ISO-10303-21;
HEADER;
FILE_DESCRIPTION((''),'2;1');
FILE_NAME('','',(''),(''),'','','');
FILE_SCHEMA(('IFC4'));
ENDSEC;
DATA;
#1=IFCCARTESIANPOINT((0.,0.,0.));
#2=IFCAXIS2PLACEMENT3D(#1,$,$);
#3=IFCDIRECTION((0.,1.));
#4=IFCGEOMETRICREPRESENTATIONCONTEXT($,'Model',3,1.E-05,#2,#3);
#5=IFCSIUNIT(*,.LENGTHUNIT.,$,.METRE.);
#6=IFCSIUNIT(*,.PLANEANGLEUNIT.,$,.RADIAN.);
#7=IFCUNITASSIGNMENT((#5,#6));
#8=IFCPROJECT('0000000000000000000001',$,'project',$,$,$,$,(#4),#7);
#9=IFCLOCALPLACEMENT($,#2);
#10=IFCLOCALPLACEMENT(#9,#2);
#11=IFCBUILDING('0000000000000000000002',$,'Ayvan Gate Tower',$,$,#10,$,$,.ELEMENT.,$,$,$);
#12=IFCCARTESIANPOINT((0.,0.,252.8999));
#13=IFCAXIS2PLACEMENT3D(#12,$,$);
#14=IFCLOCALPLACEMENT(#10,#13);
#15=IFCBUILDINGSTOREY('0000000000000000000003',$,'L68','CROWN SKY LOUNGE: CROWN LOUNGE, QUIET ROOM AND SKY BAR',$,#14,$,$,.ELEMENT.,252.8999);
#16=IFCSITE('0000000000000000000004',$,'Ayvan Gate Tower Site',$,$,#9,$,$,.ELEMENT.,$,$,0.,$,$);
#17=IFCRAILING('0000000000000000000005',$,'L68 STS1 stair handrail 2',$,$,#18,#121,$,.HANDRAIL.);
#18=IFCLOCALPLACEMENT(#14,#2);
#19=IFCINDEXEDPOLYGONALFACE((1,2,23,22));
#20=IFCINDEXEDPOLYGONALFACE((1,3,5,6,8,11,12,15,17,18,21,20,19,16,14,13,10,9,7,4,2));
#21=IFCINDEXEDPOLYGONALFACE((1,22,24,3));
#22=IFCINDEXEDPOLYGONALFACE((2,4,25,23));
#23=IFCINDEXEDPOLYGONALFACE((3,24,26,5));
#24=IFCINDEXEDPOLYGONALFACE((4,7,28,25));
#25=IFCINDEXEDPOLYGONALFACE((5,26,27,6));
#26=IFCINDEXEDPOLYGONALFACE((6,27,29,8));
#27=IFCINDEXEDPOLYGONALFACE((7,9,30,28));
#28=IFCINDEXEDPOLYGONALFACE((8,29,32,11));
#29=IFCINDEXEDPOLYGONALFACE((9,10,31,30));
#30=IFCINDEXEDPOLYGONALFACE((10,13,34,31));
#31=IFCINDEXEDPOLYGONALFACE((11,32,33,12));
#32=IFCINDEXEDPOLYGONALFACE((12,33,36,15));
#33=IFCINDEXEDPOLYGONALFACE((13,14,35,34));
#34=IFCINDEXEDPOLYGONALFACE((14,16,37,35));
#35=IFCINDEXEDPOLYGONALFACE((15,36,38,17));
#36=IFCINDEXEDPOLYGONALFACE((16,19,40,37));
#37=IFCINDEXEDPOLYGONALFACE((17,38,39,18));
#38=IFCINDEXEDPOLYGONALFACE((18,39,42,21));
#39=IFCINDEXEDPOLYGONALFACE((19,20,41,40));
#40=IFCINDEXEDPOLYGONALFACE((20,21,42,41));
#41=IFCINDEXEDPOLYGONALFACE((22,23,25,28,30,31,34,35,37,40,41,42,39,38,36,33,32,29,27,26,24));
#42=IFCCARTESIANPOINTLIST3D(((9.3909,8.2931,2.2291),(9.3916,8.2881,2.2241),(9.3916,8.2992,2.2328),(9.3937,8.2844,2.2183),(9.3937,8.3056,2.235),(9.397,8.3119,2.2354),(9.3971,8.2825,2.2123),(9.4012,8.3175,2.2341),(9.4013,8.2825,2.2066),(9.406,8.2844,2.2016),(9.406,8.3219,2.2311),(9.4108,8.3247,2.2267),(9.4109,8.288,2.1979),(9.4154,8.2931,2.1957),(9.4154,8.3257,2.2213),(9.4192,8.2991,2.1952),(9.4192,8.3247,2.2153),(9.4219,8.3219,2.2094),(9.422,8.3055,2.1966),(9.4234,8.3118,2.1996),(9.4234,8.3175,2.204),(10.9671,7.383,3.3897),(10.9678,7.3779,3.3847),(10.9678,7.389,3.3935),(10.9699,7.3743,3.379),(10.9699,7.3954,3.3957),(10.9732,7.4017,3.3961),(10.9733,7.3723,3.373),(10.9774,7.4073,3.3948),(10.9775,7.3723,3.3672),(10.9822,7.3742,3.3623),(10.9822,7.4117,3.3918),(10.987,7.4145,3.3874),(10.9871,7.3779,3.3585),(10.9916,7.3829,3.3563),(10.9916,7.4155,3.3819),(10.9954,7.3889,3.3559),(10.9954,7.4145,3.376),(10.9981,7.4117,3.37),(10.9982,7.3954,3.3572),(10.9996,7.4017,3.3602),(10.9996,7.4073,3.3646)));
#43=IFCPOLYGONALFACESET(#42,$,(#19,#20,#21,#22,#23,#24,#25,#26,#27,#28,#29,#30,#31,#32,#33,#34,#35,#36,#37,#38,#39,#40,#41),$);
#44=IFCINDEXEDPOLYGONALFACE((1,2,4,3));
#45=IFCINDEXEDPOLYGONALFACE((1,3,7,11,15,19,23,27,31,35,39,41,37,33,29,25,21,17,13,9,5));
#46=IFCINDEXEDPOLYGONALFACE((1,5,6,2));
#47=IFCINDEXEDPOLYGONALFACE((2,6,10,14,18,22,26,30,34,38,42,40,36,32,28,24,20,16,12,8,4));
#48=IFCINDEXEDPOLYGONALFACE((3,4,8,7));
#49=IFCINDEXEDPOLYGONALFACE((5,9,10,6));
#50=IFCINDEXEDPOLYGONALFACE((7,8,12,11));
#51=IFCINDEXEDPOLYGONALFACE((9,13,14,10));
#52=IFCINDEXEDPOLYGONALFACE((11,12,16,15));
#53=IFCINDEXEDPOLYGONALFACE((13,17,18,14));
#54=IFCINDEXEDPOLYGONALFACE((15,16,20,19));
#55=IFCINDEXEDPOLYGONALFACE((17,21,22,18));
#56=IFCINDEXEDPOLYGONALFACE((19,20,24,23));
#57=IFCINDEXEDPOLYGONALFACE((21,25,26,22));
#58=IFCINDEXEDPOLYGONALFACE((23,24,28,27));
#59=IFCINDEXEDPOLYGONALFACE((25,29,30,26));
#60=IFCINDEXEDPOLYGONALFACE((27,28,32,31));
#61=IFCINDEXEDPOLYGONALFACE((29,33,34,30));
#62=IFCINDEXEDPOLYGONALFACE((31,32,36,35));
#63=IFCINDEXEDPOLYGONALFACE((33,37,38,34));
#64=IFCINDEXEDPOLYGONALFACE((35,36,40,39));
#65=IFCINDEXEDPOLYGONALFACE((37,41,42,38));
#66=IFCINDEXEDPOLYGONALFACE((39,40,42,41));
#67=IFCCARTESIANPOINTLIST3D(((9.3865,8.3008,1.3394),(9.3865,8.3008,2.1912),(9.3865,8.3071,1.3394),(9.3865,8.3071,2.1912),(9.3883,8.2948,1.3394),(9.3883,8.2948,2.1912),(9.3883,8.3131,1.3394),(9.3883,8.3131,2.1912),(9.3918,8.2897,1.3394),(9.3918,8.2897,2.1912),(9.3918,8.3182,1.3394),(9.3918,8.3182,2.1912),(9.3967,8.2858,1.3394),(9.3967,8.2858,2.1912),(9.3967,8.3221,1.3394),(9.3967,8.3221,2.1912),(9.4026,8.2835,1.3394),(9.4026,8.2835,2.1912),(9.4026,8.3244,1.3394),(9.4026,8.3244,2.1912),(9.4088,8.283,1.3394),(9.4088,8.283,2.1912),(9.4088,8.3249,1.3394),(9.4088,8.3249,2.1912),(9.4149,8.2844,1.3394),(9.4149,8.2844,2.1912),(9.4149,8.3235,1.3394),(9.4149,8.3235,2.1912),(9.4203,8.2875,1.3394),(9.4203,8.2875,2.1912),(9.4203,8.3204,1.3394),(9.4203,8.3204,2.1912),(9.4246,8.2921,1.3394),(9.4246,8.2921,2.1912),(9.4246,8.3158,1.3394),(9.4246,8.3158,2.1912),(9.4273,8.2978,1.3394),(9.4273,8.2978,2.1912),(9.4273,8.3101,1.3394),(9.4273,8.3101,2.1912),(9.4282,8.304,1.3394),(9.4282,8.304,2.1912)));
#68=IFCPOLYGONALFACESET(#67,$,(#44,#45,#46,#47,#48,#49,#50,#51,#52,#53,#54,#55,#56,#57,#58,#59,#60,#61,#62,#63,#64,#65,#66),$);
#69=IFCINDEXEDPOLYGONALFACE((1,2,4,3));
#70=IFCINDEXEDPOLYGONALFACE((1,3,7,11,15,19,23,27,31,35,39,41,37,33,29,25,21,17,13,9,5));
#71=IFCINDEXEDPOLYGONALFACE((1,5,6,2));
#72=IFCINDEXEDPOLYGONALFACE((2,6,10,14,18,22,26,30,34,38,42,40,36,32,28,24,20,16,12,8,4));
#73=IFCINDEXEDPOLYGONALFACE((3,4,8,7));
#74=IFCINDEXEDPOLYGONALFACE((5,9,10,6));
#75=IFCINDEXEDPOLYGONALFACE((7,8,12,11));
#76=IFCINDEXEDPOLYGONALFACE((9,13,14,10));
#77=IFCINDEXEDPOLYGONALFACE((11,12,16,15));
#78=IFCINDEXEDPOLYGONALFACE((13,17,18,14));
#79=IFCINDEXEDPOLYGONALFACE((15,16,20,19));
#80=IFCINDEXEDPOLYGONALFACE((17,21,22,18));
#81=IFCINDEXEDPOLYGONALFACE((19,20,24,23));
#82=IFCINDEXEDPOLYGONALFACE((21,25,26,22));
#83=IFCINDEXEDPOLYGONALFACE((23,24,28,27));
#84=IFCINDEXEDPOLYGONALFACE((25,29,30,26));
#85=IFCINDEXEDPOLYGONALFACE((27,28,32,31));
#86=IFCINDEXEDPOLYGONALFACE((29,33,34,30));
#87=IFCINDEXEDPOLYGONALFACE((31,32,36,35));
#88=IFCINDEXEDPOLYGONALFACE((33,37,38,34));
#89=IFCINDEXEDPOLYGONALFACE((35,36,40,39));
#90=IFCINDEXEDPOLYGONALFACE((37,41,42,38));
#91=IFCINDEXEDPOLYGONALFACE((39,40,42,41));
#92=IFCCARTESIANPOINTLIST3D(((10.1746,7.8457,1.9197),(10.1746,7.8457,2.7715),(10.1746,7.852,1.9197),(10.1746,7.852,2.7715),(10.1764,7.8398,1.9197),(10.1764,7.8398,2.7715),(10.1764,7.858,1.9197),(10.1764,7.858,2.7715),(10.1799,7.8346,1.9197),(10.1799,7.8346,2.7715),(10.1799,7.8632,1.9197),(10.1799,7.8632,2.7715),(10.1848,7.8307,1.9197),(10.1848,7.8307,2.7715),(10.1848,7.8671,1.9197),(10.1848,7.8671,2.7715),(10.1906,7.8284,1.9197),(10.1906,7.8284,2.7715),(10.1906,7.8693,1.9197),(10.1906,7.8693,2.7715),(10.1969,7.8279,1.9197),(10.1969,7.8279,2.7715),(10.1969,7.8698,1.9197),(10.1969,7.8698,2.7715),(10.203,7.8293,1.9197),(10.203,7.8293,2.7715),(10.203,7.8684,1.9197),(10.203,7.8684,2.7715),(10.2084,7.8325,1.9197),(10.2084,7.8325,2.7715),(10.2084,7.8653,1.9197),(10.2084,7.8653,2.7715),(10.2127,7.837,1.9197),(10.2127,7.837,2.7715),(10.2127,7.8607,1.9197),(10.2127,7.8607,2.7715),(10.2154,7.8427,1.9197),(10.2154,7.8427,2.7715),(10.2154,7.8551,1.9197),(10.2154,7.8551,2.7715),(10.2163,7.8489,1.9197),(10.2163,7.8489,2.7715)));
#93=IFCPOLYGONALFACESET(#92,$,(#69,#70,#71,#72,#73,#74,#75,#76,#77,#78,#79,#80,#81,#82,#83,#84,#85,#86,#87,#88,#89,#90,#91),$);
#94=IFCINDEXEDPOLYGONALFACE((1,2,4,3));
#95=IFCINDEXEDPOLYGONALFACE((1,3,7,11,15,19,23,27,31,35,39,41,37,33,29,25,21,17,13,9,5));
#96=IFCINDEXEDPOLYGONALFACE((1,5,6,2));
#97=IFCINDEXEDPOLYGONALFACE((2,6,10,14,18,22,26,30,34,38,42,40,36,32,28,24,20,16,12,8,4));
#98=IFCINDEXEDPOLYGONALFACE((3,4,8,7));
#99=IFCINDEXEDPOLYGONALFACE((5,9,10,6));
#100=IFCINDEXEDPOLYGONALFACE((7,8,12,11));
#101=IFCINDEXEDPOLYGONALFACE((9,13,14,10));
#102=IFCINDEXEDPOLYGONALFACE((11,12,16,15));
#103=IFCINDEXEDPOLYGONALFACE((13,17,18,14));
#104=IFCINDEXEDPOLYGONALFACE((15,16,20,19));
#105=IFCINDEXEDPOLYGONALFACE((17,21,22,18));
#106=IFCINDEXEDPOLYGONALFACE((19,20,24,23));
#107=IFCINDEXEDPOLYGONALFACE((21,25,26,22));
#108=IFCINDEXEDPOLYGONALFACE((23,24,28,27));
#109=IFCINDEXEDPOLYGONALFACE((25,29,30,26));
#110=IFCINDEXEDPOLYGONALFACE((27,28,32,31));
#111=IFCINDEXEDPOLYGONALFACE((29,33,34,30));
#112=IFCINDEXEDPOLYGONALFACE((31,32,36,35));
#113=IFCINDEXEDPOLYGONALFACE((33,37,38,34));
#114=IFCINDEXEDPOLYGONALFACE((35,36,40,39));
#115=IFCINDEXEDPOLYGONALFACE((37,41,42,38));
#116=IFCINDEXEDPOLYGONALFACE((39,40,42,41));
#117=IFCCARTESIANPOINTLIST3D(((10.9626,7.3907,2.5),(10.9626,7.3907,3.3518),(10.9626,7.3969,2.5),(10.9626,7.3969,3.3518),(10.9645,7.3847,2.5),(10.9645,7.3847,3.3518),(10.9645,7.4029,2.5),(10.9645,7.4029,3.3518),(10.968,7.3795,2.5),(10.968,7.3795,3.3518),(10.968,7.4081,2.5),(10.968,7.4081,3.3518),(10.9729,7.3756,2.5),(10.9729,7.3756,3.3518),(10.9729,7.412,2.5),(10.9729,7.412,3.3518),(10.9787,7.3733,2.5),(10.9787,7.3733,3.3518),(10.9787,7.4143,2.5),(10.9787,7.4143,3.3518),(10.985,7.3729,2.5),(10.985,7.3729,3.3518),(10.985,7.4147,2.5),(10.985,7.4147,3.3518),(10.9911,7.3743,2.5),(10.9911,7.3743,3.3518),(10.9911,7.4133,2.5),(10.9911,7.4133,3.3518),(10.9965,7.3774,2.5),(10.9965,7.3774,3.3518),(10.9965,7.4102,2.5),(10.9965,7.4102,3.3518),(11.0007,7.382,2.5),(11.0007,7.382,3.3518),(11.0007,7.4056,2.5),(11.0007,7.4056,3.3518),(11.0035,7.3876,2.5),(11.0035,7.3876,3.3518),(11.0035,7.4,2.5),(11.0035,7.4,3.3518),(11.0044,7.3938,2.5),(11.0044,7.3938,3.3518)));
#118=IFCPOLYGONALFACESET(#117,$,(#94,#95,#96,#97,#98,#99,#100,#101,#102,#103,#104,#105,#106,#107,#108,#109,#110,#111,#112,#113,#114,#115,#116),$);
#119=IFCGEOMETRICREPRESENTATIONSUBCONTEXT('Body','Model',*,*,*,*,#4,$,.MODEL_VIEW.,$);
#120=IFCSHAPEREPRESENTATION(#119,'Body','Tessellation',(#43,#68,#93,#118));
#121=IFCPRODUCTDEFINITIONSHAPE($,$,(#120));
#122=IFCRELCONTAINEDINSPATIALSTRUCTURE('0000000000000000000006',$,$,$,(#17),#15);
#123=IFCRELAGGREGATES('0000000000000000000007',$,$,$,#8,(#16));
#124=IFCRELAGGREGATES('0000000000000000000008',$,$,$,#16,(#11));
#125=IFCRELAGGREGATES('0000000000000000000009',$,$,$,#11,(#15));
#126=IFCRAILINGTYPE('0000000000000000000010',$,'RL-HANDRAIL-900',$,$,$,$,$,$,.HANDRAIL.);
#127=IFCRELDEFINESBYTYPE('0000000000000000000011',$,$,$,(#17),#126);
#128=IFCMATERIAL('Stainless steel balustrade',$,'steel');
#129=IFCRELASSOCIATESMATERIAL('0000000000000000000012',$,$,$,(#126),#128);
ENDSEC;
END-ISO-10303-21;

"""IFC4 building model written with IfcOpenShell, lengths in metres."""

from ifc_helpers import new_model, si_unit, direction, frame, origin, origin_2d, place, context, subcontext, project, spatial, circle, extrude, material, type_object, element, save


model = new_model("IFC4")

# Units and contexts
model_context = context("Model", 3, precision=1e-05, world=origin(), true_north=direction((0.0, 1.0)))
body_context = subcontext(model_context, "Body", "Model", "MODEL_VIEW")
ifc_project = project(units=[si_unit("LENGTHUNIT", "METRE"), si_unit("PLANEANGLEUNIT", "RADIAN")], contexts=[model_context])

# Site, building, storey
site_placement = place(None, origin())
site = spatial("IfcSite", under=ifc_project, at=site_placement, Name="Ayvan Gate Tower Site", CompositionType="ELEMENT", RefElevation=0.0)
building_placement = place(site_placement, origin())
building = spatial("IfcBuilding", under=site, at=building_placement, Name="Ayvan Gate Tower", CompositionType="ELEMENT")
storey_placement = place(building_placement, frame((0.0, 0.0, 252.8999)))
storey = spatial("IfcBuildingStorey", under=building, at=storey_placement, Name="L68", Description="CROWN SKY LOUNGE: CROWN LOUNGE, QUIET ROOM AND SKY BAR", CompositionType="ELEMENT", Elevation=252.8999)

# Railing
ifc_material_1 = material(Name="Stainless steel balustrade", Category="steel")
railing_type_1 = type_object("IfcRailingType", Name="RL-HANDRAIL-900", PredefinedType="HANDRAIL", material=ifc_material_1)
railing_1_placement = place(storey_placement, frame((9.4072, 8.304, 1.3394)))
element("IfcRailing", 1, at=railing_1_placement, inside=storey, type_object=railing_type_1, Name="L68 STS1 stair handrail 2", PredefinedType="HANDRAIL", context=body_context, shape_type="SweptSolid", body=[
    extrude(circle(Radius=0.0239, at=origin_2d()), frame((0.0, 0.0, 0.876), z_axis=(0.730163, -0.421631, 0.53767), x_axis=(0.500063, 0.865989, 0.0)), (0.0, 0.0, 1.0), 2.1587),
    extrude(circle(Radius=0.021, at=origin_2d()), origin(), (0.0, 0.0, 1.0), 0.8518),
    extrude(circle(Radius=0.021, at=origin_2d()), frame((0.7881, -0.4551, 0.5803)), (0.0, 0.0, 1.0), 0.8518),
    extrude(circle(Radius=0.021, at=origin_2d()), frame((1.5762, -0.9102, 1.1606)), (0.0, 0.0, 1.0), 0.8518),
])

save(model, "model.ifc")
